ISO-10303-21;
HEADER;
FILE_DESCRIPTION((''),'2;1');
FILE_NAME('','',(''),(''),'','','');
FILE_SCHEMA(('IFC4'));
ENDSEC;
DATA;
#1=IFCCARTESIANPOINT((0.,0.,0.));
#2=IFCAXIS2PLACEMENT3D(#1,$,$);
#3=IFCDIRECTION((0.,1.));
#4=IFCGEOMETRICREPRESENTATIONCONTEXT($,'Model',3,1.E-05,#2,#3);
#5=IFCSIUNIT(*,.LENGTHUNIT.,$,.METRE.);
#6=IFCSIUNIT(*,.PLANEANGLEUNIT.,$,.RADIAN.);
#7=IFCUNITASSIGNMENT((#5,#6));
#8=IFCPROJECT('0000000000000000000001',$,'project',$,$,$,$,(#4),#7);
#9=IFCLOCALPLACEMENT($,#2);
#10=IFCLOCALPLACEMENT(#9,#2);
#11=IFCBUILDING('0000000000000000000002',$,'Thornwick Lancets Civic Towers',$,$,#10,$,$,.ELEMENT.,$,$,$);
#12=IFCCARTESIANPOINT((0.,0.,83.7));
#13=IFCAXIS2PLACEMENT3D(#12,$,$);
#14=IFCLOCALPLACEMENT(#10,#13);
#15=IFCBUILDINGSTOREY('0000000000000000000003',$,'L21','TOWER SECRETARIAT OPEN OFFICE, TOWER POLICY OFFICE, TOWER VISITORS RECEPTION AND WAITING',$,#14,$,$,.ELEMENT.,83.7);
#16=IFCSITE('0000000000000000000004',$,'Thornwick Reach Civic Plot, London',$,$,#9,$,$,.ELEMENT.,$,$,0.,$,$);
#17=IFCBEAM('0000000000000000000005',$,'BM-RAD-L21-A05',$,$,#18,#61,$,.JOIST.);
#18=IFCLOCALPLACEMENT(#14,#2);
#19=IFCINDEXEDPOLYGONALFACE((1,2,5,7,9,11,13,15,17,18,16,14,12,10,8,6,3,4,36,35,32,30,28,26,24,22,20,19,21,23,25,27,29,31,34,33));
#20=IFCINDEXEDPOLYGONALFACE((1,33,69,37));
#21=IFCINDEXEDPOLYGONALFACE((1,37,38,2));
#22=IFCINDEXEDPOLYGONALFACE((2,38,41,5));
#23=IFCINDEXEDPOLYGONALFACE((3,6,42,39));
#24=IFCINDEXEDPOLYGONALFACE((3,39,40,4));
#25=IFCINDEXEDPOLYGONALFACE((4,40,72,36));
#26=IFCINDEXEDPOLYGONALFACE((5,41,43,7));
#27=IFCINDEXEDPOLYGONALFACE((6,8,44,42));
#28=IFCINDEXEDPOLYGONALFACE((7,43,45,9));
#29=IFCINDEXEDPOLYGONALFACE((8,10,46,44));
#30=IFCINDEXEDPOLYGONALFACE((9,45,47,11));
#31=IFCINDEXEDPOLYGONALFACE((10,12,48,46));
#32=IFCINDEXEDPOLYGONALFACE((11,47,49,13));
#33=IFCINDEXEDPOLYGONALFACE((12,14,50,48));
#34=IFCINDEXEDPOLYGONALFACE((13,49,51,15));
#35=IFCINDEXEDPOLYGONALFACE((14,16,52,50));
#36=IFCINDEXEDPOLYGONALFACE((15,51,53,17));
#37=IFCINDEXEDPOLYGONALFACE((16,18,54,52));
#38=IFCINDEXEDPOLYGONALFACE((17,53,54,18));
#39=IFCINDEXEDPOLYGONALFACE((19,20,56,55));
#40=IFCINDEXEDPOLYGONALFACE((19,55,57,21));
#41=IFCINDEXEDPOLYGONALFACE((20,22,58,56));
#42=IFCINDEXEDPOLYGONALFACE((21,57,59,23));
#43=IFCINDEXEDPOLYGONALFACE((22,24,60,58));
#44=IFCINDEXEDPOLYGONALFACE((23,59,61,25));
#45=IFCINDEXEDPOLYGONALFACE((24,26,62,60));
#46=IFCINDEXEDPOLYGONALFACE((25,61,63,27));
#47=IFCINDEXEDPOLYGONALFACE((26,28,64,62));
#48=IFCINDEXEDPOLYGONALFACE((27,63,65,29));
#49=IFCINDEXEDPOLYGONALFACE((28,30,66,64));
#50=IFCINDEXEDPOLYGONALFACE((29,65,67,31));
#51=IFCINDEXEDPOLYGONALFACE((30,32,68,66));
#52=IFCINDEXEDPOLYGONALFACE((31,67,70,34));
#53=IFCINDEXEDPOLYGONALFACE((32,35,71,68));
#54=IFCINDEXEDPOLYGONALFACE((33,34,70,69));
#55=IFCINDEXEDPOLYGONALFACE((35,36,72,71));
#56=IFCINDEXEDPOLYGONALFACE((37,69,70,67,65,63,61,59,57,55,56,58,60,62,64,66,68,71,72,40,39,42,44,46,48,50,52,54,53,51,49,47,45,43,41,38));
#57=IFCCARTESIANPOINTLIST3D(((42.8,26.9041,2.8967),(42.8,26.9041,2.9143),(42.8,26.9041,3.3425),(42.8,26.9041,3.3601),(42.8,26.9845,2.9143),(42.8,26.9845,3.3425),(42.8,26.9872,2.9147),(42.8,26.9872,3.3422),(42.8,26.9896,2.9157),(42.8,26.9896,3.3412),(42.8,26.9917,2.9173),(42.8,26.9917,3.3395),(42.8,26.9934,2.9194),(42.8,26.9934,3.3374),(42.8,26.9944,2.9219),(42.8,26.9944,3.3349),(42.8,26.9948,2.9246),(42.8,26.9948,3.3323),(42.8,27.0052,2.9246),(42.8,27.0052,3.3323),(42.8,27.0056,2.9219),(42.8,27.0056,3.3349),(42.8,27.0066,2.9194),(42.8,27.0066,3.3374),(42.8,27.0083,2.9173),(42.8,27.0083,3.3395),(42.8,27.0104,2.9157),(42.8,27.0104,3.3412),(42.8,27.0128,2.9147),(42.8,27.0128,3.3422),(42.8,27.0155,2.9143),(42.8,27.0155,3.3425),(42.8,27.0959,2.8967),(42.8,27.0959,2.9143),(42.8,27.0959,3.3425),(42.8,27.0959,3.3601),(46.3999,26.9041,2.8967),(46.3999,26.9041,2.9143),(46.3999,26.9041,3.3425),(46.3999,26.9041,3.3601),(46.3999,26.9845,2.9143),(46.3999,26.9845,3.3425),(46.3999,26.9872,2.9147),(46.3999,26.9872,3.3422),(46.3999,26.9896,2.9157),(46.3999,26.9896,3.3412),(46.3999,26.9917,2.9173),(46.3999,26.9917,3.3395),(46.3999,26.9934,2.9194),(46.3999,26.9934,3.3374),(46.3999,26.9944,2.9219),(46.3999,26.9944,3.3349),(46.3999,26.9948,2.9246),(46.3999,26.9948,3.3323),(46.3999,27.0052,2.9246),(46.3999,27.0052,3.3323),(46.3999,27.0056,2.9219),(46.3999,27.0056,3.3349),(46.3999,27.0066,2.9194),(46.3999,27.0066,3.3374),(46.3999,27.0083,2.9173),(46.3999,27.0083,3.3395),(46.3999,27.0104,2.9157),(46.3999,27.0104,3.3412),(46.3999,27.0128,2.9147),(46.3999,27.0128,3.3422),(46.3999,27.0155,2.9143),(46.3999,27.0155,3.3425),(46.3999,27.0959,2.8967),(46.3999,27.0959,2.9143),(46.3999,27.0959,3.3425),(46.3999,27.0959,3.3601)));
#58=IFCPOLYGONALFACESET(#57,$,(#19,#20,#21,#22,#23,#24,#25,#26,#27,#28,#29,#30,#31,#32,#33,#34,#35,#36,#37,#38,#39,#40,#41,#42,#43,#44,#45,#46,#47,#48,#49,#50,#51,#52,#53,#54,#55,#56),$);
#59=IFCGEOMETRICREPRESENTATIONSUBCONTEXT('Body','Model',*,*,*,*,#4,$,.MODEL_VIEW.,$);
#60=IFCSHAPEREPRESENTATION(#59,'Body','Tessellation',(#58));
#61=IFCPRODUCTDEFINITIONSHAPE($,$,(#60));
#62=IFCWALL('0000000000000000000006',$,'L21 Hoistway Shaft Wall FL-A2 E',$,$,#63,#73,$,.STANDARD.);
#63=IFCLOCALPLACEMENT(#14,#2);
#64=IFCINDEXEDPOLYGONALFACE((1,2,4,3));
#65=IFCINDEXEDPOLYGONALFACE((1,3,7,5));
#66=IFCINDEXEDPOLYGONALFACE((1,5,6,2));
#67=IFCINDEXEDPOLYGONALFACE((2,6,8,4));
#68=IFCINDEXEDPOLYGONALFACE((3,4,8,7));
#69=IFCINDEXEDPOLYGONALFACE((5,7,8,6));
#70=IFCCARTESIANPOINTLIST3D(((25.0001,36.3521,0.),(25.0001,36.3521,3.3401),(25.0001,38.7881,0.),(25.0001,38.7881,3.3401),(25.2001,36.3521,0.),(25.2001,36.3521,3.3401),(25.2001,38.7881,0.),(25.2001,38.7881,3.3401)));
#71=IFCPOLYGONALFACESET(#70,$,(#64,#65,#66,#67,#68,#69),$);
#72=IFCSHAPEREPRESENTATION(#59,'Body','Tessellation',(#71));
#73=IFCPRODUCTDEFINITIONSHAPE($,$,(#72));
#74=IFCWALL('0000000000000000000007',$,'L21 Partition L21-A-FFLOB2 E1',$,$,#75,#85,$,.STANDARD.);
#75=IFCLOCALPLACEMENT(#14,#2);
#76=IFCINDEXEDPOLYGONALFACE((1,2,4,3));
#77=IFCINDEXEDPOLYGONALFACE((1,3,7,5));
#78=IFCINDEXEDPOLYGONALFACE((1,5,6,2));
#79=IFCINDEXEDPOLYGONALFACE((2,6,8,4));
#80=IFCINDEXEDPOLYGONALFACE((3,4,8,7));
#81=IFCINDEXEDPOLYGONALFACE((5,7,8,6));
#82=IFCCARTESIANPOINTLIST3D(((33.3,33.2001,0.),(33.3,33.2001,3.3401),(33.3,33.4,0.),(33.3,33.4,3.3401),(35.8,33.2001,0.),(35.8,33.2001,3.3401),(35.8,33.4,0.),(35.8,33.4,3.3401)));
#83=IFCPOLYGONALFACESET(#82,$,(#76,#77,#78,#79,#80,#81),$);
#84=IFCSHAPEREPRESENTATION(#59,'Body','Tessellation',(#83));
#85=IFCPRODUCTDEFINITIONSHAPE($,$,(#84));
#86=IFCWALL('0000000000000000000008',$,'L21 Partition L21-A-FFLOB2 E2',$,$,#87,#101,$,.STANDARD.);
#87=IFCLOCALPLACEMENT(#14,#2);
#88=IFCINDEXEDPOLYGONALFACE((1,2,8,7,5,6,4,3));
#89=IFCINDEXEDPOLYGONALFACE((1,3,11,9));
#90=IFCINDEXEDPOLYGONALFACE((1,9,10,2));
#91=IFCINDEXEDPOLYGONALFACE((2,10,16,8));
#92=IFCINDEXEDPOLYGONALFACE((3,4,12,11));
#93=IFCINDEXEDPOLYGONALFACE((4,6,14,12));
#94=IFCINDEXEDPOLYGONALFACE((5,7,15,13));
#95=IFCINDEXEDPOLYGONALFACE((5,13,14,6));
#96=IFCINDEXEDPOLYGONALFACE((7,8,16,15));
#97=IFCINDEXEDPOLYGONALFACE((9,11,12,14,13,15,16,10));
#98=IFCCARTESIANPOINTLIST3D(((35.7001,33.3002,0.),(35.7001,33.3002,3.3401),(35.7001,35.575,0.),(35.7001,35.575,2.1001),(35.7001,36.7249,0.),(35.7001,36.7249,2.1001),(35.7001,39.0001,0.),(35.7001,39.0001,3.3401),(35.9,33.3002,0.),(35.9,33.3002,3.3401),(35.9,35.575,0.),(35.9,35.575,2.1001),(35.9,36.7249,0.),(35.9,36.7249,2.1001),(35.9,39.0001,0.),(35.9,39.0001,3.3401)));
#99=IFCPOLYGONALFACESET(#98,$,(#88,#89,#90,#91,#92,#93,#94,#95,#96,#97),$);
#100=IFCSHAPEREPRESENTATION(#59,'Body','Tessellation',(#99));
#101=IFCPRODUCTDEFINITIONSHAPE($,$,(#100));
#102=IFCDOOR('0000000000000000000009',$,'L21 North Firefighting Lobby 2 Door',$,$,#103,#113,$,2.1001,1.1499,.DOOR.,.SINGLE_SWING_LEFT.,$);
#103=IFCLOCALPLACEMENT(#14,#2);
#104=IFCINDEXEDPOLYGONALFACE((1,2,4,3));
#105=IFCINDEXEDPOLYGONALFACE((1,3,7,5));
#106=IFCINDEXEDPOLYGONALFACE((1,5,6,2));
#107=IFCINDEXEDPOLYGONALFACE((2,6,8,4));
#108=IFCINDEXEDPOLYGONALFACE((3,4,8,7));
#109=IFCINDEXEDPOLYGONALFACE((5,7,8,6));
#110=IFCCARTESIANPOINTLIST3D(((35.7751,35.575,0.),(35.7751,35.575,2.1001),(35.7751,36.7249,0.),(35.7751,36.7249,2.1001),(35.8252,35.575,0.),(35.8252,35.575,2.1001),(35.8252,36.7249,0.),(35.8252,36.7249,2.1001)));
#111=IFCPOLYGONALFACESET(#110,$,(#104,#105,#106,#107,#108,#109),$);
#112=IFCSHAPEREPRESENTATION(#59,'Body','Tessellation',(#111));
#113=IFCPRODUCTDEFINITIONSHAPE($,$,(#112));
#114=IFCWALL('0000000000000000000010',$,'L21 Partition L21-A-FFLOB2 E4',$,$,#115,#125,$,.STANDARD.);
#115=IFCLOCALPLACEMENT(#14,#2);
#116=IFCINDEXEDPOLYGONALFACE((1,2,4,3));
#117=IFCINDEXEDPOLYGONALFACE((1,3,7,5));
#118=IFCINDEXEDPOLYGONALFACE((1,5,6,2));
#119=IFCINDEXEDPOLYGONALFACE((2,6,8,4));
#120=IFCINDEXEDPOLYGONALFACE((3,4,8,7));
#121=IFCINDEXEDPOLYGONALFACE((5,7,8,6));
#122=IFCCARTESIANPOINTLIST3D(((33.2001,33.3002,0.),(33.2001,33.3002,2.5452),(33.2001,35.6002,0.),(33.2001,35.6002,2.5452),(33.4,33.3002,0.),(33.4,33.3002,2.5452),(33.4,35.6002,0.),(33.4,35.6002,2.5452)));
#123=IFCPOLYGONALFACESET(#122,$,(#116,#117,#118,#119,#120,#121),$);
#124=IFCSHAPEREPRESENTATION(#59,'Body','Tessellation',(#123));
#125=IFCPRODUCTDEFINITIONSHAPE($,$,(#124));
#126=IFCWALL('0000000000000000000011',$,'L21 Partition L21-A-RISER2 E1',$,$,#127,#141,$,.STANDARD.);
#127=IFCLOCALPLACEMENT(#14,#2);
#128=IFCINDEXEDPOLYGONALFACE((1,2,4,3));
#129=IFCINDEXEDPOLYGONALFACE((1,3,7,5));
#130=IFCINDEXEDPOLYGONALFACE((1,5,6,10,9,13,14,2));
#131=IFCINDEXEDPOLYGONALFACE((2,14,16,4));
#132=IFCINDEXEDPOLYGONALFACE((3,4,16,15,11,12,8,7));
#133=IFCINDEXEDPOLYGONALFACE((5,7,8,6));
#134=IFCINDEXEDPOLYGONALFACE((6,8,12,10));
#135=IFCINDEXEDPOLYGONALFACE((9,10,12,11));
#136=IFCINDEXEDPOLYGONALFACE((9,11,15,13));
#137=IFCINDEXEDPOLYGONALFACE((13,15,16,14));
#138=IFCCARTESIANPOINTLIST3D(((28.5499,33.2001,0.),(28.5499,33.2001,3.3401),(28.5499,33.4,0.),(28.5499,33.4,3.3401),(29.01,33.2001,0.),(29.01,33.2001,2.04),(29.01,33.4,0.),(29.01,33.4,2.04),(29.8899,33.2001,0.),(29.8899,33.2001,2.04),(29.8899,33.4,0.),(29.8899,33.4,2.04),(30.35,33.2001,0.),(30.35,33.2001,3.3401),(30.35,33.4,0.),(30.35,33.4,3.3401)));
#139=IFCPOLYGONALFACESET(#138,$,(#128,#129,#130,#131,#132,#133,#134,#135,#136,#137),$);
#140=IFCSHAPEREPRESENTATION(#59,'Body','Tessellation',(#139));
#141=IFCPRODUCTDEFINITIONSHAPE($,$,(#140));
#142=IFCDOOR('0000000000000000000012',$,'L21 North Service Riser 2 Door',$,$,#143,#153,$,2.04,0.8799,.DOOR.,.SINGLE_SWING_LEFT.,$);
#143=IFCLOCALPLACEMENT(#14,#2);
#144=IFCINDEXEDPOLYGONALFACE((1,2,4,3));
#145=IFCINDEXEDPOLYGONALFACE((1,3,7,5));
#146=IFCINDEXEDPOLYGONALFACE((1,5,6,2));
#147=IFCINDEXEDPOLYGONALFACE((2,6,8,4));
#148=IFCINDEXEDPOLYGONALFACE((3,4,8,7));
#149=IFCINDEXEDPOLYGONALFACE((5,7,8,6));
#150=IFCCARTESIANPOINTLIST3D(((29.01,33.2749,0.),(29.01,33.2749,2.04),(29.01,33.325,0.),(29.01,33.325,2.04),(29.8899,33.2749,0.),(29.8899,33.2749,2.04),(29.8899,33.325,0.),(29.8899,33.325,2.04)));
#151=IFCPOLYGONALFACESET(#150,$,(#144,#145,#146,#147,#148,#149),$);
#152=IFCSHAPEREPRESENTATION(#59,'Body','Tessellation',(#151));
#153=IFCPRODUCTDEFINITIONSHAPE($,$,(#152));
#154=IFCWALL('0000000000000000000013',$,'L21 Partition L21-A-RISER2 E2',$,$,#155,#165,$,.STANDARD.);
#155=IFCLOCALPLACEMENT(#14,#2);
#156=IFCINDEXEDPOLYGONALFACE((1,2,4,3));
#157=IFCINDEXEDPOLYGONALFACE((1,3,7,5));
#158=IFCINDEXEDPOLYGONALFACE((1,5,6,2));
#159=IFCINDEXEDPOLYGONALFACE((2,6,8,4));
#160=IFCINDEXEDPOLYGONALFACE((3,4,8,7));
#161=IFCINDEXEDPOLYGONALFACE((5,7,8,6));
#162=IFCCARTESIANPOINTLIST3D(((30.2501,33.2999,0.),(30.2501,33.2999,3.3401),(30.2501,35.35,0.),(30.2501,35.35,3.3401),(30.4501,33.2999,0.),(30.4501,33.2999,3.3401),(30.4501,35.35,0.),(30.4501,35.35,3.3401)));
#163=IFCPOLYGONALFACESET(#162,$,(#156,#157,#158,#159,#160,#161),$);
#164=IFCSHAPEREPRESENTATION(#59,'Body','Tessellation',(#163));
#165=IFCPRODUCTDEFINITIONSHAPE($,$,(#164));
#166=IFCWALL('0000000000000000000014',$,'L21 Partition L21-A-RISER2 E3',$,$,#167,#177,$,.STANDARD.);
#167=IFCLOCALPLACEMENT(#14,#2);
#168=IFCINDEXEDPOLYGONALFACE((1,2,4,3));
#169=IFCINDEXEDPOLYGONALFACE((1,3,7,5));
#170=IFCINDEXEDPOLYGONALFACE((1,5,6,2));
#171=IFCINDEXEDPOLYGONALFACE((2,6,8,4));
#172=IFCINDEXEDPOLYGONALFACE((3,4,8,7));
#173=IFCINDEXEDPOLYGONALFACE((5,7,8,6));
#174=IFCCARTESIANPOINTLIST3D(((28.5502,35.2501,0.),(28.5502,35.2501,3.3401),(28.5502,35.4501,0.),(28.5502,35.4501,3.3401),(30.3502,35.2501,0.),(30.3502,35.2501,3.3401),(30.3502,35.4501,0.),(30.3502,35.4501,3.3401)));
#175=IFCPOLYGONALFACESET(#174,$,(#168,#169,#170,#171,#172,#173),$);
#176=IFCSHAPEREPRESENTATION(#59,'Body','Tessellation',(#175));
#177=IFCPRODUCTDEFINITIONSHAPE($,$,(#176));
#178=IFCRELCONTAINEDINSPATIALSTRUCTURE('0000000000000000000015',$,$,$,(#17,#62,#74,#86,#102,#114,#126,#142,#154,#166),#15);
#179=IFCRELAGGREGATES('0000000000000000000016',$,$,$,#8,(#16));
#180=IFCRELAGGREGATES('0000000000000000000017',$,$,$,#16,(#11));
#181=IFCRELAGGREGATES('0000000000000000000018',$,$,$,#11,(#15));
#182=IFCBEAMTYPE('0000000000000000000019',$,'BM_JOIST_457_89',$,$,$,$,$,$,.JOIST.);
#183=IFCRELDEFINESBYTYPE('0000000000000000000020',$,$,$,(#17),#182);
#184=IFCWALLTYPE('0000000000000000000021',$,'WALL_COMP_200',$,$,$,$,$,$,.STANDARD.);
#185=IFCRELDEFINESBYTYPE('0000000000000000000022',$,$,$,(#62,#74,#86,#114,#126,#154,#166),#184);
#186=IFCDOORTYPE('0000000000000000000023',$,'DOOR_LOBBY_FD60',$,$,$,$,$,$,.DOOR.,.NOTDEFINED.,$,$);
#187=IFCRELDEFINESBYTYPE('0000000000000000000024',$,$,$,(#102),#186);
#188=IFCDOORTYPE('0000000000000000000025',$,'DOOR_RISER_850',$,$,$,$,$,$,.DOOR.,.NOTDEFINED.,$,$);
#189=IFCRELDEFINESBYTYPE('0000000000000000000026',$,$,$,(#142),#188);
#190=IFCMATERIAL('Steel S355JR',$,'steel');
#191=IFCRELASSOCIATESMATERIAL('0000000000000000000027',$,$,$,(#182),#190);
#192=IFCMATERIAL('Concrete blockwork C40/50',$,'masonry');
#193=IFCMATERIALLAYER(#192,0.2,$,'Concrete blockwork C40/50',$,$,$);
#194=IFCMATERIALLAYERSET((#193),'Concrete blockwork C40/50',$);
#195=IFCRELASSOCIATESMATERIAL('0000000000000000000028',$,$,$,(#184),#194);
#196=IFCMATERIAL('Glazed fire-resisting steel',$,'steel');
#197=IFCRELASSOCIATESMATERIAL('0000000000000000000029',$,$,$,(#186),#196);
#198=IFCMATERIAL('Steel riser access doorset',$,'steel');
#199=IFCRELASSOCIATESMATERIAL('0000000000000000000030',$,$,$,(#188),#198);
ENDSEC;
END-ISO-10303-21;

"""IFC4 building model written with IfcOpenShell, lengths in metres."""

from ifc_helpers import new_model, si_unit, direction, frame, frame_2d, origin, origin_2d, place, context, subcontext, project, spatial, rectangle, i_section, extrude, material, layer, layer_set, material_profile, profile_set, type_object, element, fill, save


model = new_model("IFC4")

# Units and contexts
model_context = context("Model", 3, precision=1e-05, world=origin(), true_north=direction((0.0, 1.0)))
body_context = subcontext(model_context, "Body", "Model", "MODEL_VIEW")
ifc_project = project(units=[si_unit("LENGTHUNIT", "METRE"), si_unit("PLANEANGLEUNIT", "RADIAN")], contexts=[model_context])

# Site, building, storey
site_placement = place(None, origin())
site = spatial("IfcSite", under=ifc_project, at=site_placement, Name="Thornwick Reach Civic Plot, London", CompositionType="ELEMENT", RefElevation=0.0)
building_placement = place(site_placement, origin())
building = spatial("IfcBuilding", under=site, at=building_placement, Name="Thornwick Lancets Civic Towers", CompositionType="ELEMENT")
storey_placement = place(building_placement, frame((0.0, 0.0, 83.7)))
storey = spatial("IfcBuildingStorey", under=building, at=storey_placement, Name="L21", Description="TOWER SECRETARIAT OPEN OFFICE, TOWER POLICY OFFICE, TOWER VISITORS RECEPTION AND WAITING", CompositionType="ELEMENT", Elevation=83.7)

# Beam
ifc_material_1 = material(Name="Steel S355JR", Category="steel")
ifc_material_profile_1 = material_profile(ifc_material_1, i_section(OverallWidth=0.1919, OverallDepth=0.4634, WebThickness=0.0105, FlangeThickness=0.0176, FilletRadius=0.0103, at=origin_2d()), Name="UKB 457x191x89")
ifc_profile_set_1 = profile_set([ifc_material_profile_1], Name="Steel S355JR")
beam_type_1 = type_object("IfcBeamType", Name="BM_JOIST_457_89", PredefinedType="JOIST", material=ifc_profile_set_1)
beam_1_placement = place(storey_placement, frame((42.8, 27.0, 3.1284), z_axis=(1.0, 0.0, 0.0), x_axis=(0.0, 1.0, 0.0)))
element("IfcBeam", 1, at=beam_1_placement, inside=storey, type_object=beam_type_1, Name="BM-RAD-L21-A05", PredefinedType="JOIST", context=body_context, shape_type="SweptSolid", body=[
    extrude(i_section(OverallWidth=0.1919, OverallDepth=0.4634, WebThickness=0.0105, FlangeThickness=0.0176, FilletRadius=0.0103, at=origin_2d()), origin(), (0.0, 0.0, 1.0), 3.5999),
])

# Walls
ifc_material_2 = material(Name="Concrete blockwork C40/50", Category="masonry")
ifc_layer_1 = layer(ifc_material_2, 0.2, Name="Concrete blockwork C40/50")
ifc_layer_set_1 = layer_set([ifc_layer_1], Name="Concrete blockwork C40/50")
wall_type_1 = type_object("IfcWallType", Name="WALL_COMP_200", PredefinedType="STANDARD", material=ifc_layer_set_1)
wall_1_placement = place(storey_placement, frame((25.1001, 36.3521, 0.0), z_axis=(0.0, 0.0, 1.0), x_axis=(0.0, 1.0, 0.0)))
element("IfcWall", 2, at=wall_1_placement, inside=storey, type_object=wall_type_1, Name="L21 Hoistway Shaft Wall FL-A2 E", PredefinedType="STANDARD", context=body_context, shape_type="SweptSolid", body=[
    extrude(rectangle(XDim=2.436, YDim=0.2, at=frame_2d((1.218, 0.0))), origin(), (0.0, 0.0, 1.0), 3.3401),
])
wall_2_placement = place(storey_placement, frame((33.3, 33.3, 0.0), z_axis=(0.0, 0.0, 1.0), x_axis=(1.0, 0.0, 0.0)))
element("IfcWall", 3, at=wall_2_placement, inside=storey, type_object=wall_type_1, Name="L21 Partition L21-A-FFLOB2 E1", PredefinedType="STANDARD", context=body_context, shape_type="SweptSolid", body=[
    extrude(rectangle(XDim=2.5, YDim=0.2, at=frame_2d((1.25, 0.0))), origin(), (0.0, 0.0, 1.0), 3.3401),
])

# Wall, opening, door
wall_3_placement = place(storey_placement, frame((35.8, 33.3, 0.0), z_axis=(0.0, 0.0, 1.0), x_axis=(0.0, 1.0, 0.0)))
wall_3 = element("IfcWall", 4, at=wall_3_placement, inside=storey, type_object=wall_type_1, Name="L21 Partition L21-A-FFLOB2 E2", PredefinedType="STANDARD", context=body_context, shape_type="SweptSolid", body=[
    extrude(rectangle(XDim=5.7, YDim=0.2, at=frame_2d((2.8501, 0.0))), origin(), (0.0, 0.0, 1.0), 3.3401),
])
opening_1_placement = place(wall_3_placement, frame((2.2749, 0.0, 0.0)))
opening_1 = element("IfcOpeningElement", 5, at=opening_1_placement, cuts=wall_3, PredefinedType="OPENING", context=body_context, shape_type="SweptSolid", body=[
    extrude(rectangle(XDim=1.1499, YDim=2.1001, at=frame_2d((0.575, 1.05))), frame((0.0, 0.1099, 0.0), z_axis=(0.0, -1.0, 0.0), x_axis=(1.0, 0.0, 0.0)), (0.0, 0.0, 1.0), 0.22),
])
ifc_material_3 = material(Name="Glazed fire-resisting steel", Category="steel")
door_type_1 = type_object("IfcDoorType", Name="DOOR_LOBBY_FD60", OperationType="NOTDEFINED", PredefinedType="DOOR", material=ifc_material_3)
door_1_placement = place(opening_1_placement, origin())
door_1 = element("IfcDoor", 6, at=door_1_placement, inside=storey, type_object=door_type_1, Name="L21 North Firefighting Lobby 2 Door", OperationType="SINGLE_SWING_LEFT", OverallHeight=2.1001, OverallWidth=1.1499, PredefinedType="DOOR", context=body_context, shape_type="SweptSolid", body=[
    extrude(rectangle(XDim=1.1499, YDim=2.1001, at=frame_2d((0.575, 1.05))), frame((0.0, 0.0249, 0.0), z_axis=(0.0, -1.0, 0.0), x_axis=(1.0, 0.0, 0.0)), (0.0, 0.0, 1.0), 0.05),
])
fill(opening_1, door_1)

# Wall
wall_4_placement = place(storey_placement, frame((33.3, 35.6001, 0.0), z_axis=(0.0, 0.0, 1.0), x_axis=(0.0, -1.0, 0.0)))
element("IfcWall", 7, at=wall_4_placement, inside=storey, type_object=wall_type_1, Name="L21 Partition L21-A-FFLOB2 E4", PredefinedType="STANDARD", context=body_context, shape_type="SweptSolid", body=[
    extrude(rectangle(XDim=2.3, YDim=0.2, at=frame_2d((1.1499, 0.0))), origin(), (0.0, 0.0, 1.0), 2.5452),
])

# Wall, opening, door
wall_5_placement = place(storey_placement, frame((28.55, 33.3, 0.0), z_axis=(0.0, 0.0, 1.0), x_axis=(1.0, 0.0, 0.0)))
wall_5 = element("IfcWall", 8, at=wall_5_placement, inside=storey, type_object=wall_type_1, Name="L21 Partition L21-A-RISER2 E1", PredefinedType="STANDARD", context=body_context, shape_type="SweptSolid", body=[
    extrude(rectangle(XDim=1.8, YDim=0.2, at=frame_2d((0.8999, 0.0))), origin(), (0.0, 0.0, 1.0), 3.3401),
])
opening_2_placement = place(wall_5_placement, frame((0.46, 0.0, 0.0)))
opening_2 = element("IfcOpeningElement", 9, at=opening_2_placement, cuts=wall_5, PredefinedType="OPENING", context=body_context, shape_type="SweptSolid", body=[
    extrude(rectangle(XDim=0.8799, YDim=2.04, at=frame_2d((0.4399, 1.02))), frame((0.0, 0.1099, 0.0), z_axis=(0.0, -1.0, 0.0), x_axis=(1.0, 0.0, 0.0)), (0.0, 0.0, 1.0), 0.22),
])
ifc_material_4 = material(Name="Steel riser access doorset", Category="steel")
door_type_2 = type_object("IfcDoorType", Name="DOOR_RISER_850", OperationType="NOTDEFINED", PredefinedType="DOOR", material=ifc_material_4)
door_2_placement = place(opening_2_placement, origin())
door_2 = element("IfcDoor", 10, at=door_2_placement, inside=storey, type_object=door_type_2, Name="L21 North Service Riser 2 Door", OperationType="SINGLE_SWING_LEFT", OverallHeight=2.04, OverallWidth=0.8799, PredefinedType="DOOR", context=body_context, shape_type="SweptSolid", body=[
    extrude(rectangle(XDim=0.8799, YDim=2.04, at=frame_2d((0.4399, 1.02))), frame((0.0, 0.0249, 0.0), z_axis=(0.0, -1.0, 0.0), x_axis=(1.0, 0.0, 0.0)), (0.0, 0.0, 1.0), 0.05),
])
fill(opening_2, door_2)

# Walls
wall_6_placement = place(storey_placement, frame((30.3501, 33.3, 0.0), z_axis=(0.0, 0.0, 1.0), x_axis=(0.0, 1.0, 0.0)))
element("IfcWall", 11, at=wall_6_placement, inside=storey, type_object=wall_type_1, Name="L21 Partition L21-A-RISER2 E2", PredefinedType="STANDARD", context=body_context, shape_type="SweptSolid", body=[
    extrude(rectangle(XDim=2.05, YDim=0.2, at=frame_2d((1.0249, 0.0))), origin(), (0.0, 0.0, 1.0), 3.3401),
])
wall_7_placement = place(storey_placement, frame((30.3501, 35.3501, 0.0), z_axis=(0.0, 0.0, 1.0), x_axis=(-1.0, 0.0, 0.0)))
element("IfcWall", 12, at=wall_7_placement, inside=storey, type_object=wall_type_1, Name="L21 Partition L21-A-RISER2 E3", PredefinedType="STANDARD", context=body_context, shape_type="SweptSolid", body=[
    extrude(rectangle(XDim=1.8, YDim=0.2, at=frame_2d((0.8999, 0.0))), origin(), (0.0, 0.0, 1.0), 3.3401),
])

save(model, "model.ifc")
